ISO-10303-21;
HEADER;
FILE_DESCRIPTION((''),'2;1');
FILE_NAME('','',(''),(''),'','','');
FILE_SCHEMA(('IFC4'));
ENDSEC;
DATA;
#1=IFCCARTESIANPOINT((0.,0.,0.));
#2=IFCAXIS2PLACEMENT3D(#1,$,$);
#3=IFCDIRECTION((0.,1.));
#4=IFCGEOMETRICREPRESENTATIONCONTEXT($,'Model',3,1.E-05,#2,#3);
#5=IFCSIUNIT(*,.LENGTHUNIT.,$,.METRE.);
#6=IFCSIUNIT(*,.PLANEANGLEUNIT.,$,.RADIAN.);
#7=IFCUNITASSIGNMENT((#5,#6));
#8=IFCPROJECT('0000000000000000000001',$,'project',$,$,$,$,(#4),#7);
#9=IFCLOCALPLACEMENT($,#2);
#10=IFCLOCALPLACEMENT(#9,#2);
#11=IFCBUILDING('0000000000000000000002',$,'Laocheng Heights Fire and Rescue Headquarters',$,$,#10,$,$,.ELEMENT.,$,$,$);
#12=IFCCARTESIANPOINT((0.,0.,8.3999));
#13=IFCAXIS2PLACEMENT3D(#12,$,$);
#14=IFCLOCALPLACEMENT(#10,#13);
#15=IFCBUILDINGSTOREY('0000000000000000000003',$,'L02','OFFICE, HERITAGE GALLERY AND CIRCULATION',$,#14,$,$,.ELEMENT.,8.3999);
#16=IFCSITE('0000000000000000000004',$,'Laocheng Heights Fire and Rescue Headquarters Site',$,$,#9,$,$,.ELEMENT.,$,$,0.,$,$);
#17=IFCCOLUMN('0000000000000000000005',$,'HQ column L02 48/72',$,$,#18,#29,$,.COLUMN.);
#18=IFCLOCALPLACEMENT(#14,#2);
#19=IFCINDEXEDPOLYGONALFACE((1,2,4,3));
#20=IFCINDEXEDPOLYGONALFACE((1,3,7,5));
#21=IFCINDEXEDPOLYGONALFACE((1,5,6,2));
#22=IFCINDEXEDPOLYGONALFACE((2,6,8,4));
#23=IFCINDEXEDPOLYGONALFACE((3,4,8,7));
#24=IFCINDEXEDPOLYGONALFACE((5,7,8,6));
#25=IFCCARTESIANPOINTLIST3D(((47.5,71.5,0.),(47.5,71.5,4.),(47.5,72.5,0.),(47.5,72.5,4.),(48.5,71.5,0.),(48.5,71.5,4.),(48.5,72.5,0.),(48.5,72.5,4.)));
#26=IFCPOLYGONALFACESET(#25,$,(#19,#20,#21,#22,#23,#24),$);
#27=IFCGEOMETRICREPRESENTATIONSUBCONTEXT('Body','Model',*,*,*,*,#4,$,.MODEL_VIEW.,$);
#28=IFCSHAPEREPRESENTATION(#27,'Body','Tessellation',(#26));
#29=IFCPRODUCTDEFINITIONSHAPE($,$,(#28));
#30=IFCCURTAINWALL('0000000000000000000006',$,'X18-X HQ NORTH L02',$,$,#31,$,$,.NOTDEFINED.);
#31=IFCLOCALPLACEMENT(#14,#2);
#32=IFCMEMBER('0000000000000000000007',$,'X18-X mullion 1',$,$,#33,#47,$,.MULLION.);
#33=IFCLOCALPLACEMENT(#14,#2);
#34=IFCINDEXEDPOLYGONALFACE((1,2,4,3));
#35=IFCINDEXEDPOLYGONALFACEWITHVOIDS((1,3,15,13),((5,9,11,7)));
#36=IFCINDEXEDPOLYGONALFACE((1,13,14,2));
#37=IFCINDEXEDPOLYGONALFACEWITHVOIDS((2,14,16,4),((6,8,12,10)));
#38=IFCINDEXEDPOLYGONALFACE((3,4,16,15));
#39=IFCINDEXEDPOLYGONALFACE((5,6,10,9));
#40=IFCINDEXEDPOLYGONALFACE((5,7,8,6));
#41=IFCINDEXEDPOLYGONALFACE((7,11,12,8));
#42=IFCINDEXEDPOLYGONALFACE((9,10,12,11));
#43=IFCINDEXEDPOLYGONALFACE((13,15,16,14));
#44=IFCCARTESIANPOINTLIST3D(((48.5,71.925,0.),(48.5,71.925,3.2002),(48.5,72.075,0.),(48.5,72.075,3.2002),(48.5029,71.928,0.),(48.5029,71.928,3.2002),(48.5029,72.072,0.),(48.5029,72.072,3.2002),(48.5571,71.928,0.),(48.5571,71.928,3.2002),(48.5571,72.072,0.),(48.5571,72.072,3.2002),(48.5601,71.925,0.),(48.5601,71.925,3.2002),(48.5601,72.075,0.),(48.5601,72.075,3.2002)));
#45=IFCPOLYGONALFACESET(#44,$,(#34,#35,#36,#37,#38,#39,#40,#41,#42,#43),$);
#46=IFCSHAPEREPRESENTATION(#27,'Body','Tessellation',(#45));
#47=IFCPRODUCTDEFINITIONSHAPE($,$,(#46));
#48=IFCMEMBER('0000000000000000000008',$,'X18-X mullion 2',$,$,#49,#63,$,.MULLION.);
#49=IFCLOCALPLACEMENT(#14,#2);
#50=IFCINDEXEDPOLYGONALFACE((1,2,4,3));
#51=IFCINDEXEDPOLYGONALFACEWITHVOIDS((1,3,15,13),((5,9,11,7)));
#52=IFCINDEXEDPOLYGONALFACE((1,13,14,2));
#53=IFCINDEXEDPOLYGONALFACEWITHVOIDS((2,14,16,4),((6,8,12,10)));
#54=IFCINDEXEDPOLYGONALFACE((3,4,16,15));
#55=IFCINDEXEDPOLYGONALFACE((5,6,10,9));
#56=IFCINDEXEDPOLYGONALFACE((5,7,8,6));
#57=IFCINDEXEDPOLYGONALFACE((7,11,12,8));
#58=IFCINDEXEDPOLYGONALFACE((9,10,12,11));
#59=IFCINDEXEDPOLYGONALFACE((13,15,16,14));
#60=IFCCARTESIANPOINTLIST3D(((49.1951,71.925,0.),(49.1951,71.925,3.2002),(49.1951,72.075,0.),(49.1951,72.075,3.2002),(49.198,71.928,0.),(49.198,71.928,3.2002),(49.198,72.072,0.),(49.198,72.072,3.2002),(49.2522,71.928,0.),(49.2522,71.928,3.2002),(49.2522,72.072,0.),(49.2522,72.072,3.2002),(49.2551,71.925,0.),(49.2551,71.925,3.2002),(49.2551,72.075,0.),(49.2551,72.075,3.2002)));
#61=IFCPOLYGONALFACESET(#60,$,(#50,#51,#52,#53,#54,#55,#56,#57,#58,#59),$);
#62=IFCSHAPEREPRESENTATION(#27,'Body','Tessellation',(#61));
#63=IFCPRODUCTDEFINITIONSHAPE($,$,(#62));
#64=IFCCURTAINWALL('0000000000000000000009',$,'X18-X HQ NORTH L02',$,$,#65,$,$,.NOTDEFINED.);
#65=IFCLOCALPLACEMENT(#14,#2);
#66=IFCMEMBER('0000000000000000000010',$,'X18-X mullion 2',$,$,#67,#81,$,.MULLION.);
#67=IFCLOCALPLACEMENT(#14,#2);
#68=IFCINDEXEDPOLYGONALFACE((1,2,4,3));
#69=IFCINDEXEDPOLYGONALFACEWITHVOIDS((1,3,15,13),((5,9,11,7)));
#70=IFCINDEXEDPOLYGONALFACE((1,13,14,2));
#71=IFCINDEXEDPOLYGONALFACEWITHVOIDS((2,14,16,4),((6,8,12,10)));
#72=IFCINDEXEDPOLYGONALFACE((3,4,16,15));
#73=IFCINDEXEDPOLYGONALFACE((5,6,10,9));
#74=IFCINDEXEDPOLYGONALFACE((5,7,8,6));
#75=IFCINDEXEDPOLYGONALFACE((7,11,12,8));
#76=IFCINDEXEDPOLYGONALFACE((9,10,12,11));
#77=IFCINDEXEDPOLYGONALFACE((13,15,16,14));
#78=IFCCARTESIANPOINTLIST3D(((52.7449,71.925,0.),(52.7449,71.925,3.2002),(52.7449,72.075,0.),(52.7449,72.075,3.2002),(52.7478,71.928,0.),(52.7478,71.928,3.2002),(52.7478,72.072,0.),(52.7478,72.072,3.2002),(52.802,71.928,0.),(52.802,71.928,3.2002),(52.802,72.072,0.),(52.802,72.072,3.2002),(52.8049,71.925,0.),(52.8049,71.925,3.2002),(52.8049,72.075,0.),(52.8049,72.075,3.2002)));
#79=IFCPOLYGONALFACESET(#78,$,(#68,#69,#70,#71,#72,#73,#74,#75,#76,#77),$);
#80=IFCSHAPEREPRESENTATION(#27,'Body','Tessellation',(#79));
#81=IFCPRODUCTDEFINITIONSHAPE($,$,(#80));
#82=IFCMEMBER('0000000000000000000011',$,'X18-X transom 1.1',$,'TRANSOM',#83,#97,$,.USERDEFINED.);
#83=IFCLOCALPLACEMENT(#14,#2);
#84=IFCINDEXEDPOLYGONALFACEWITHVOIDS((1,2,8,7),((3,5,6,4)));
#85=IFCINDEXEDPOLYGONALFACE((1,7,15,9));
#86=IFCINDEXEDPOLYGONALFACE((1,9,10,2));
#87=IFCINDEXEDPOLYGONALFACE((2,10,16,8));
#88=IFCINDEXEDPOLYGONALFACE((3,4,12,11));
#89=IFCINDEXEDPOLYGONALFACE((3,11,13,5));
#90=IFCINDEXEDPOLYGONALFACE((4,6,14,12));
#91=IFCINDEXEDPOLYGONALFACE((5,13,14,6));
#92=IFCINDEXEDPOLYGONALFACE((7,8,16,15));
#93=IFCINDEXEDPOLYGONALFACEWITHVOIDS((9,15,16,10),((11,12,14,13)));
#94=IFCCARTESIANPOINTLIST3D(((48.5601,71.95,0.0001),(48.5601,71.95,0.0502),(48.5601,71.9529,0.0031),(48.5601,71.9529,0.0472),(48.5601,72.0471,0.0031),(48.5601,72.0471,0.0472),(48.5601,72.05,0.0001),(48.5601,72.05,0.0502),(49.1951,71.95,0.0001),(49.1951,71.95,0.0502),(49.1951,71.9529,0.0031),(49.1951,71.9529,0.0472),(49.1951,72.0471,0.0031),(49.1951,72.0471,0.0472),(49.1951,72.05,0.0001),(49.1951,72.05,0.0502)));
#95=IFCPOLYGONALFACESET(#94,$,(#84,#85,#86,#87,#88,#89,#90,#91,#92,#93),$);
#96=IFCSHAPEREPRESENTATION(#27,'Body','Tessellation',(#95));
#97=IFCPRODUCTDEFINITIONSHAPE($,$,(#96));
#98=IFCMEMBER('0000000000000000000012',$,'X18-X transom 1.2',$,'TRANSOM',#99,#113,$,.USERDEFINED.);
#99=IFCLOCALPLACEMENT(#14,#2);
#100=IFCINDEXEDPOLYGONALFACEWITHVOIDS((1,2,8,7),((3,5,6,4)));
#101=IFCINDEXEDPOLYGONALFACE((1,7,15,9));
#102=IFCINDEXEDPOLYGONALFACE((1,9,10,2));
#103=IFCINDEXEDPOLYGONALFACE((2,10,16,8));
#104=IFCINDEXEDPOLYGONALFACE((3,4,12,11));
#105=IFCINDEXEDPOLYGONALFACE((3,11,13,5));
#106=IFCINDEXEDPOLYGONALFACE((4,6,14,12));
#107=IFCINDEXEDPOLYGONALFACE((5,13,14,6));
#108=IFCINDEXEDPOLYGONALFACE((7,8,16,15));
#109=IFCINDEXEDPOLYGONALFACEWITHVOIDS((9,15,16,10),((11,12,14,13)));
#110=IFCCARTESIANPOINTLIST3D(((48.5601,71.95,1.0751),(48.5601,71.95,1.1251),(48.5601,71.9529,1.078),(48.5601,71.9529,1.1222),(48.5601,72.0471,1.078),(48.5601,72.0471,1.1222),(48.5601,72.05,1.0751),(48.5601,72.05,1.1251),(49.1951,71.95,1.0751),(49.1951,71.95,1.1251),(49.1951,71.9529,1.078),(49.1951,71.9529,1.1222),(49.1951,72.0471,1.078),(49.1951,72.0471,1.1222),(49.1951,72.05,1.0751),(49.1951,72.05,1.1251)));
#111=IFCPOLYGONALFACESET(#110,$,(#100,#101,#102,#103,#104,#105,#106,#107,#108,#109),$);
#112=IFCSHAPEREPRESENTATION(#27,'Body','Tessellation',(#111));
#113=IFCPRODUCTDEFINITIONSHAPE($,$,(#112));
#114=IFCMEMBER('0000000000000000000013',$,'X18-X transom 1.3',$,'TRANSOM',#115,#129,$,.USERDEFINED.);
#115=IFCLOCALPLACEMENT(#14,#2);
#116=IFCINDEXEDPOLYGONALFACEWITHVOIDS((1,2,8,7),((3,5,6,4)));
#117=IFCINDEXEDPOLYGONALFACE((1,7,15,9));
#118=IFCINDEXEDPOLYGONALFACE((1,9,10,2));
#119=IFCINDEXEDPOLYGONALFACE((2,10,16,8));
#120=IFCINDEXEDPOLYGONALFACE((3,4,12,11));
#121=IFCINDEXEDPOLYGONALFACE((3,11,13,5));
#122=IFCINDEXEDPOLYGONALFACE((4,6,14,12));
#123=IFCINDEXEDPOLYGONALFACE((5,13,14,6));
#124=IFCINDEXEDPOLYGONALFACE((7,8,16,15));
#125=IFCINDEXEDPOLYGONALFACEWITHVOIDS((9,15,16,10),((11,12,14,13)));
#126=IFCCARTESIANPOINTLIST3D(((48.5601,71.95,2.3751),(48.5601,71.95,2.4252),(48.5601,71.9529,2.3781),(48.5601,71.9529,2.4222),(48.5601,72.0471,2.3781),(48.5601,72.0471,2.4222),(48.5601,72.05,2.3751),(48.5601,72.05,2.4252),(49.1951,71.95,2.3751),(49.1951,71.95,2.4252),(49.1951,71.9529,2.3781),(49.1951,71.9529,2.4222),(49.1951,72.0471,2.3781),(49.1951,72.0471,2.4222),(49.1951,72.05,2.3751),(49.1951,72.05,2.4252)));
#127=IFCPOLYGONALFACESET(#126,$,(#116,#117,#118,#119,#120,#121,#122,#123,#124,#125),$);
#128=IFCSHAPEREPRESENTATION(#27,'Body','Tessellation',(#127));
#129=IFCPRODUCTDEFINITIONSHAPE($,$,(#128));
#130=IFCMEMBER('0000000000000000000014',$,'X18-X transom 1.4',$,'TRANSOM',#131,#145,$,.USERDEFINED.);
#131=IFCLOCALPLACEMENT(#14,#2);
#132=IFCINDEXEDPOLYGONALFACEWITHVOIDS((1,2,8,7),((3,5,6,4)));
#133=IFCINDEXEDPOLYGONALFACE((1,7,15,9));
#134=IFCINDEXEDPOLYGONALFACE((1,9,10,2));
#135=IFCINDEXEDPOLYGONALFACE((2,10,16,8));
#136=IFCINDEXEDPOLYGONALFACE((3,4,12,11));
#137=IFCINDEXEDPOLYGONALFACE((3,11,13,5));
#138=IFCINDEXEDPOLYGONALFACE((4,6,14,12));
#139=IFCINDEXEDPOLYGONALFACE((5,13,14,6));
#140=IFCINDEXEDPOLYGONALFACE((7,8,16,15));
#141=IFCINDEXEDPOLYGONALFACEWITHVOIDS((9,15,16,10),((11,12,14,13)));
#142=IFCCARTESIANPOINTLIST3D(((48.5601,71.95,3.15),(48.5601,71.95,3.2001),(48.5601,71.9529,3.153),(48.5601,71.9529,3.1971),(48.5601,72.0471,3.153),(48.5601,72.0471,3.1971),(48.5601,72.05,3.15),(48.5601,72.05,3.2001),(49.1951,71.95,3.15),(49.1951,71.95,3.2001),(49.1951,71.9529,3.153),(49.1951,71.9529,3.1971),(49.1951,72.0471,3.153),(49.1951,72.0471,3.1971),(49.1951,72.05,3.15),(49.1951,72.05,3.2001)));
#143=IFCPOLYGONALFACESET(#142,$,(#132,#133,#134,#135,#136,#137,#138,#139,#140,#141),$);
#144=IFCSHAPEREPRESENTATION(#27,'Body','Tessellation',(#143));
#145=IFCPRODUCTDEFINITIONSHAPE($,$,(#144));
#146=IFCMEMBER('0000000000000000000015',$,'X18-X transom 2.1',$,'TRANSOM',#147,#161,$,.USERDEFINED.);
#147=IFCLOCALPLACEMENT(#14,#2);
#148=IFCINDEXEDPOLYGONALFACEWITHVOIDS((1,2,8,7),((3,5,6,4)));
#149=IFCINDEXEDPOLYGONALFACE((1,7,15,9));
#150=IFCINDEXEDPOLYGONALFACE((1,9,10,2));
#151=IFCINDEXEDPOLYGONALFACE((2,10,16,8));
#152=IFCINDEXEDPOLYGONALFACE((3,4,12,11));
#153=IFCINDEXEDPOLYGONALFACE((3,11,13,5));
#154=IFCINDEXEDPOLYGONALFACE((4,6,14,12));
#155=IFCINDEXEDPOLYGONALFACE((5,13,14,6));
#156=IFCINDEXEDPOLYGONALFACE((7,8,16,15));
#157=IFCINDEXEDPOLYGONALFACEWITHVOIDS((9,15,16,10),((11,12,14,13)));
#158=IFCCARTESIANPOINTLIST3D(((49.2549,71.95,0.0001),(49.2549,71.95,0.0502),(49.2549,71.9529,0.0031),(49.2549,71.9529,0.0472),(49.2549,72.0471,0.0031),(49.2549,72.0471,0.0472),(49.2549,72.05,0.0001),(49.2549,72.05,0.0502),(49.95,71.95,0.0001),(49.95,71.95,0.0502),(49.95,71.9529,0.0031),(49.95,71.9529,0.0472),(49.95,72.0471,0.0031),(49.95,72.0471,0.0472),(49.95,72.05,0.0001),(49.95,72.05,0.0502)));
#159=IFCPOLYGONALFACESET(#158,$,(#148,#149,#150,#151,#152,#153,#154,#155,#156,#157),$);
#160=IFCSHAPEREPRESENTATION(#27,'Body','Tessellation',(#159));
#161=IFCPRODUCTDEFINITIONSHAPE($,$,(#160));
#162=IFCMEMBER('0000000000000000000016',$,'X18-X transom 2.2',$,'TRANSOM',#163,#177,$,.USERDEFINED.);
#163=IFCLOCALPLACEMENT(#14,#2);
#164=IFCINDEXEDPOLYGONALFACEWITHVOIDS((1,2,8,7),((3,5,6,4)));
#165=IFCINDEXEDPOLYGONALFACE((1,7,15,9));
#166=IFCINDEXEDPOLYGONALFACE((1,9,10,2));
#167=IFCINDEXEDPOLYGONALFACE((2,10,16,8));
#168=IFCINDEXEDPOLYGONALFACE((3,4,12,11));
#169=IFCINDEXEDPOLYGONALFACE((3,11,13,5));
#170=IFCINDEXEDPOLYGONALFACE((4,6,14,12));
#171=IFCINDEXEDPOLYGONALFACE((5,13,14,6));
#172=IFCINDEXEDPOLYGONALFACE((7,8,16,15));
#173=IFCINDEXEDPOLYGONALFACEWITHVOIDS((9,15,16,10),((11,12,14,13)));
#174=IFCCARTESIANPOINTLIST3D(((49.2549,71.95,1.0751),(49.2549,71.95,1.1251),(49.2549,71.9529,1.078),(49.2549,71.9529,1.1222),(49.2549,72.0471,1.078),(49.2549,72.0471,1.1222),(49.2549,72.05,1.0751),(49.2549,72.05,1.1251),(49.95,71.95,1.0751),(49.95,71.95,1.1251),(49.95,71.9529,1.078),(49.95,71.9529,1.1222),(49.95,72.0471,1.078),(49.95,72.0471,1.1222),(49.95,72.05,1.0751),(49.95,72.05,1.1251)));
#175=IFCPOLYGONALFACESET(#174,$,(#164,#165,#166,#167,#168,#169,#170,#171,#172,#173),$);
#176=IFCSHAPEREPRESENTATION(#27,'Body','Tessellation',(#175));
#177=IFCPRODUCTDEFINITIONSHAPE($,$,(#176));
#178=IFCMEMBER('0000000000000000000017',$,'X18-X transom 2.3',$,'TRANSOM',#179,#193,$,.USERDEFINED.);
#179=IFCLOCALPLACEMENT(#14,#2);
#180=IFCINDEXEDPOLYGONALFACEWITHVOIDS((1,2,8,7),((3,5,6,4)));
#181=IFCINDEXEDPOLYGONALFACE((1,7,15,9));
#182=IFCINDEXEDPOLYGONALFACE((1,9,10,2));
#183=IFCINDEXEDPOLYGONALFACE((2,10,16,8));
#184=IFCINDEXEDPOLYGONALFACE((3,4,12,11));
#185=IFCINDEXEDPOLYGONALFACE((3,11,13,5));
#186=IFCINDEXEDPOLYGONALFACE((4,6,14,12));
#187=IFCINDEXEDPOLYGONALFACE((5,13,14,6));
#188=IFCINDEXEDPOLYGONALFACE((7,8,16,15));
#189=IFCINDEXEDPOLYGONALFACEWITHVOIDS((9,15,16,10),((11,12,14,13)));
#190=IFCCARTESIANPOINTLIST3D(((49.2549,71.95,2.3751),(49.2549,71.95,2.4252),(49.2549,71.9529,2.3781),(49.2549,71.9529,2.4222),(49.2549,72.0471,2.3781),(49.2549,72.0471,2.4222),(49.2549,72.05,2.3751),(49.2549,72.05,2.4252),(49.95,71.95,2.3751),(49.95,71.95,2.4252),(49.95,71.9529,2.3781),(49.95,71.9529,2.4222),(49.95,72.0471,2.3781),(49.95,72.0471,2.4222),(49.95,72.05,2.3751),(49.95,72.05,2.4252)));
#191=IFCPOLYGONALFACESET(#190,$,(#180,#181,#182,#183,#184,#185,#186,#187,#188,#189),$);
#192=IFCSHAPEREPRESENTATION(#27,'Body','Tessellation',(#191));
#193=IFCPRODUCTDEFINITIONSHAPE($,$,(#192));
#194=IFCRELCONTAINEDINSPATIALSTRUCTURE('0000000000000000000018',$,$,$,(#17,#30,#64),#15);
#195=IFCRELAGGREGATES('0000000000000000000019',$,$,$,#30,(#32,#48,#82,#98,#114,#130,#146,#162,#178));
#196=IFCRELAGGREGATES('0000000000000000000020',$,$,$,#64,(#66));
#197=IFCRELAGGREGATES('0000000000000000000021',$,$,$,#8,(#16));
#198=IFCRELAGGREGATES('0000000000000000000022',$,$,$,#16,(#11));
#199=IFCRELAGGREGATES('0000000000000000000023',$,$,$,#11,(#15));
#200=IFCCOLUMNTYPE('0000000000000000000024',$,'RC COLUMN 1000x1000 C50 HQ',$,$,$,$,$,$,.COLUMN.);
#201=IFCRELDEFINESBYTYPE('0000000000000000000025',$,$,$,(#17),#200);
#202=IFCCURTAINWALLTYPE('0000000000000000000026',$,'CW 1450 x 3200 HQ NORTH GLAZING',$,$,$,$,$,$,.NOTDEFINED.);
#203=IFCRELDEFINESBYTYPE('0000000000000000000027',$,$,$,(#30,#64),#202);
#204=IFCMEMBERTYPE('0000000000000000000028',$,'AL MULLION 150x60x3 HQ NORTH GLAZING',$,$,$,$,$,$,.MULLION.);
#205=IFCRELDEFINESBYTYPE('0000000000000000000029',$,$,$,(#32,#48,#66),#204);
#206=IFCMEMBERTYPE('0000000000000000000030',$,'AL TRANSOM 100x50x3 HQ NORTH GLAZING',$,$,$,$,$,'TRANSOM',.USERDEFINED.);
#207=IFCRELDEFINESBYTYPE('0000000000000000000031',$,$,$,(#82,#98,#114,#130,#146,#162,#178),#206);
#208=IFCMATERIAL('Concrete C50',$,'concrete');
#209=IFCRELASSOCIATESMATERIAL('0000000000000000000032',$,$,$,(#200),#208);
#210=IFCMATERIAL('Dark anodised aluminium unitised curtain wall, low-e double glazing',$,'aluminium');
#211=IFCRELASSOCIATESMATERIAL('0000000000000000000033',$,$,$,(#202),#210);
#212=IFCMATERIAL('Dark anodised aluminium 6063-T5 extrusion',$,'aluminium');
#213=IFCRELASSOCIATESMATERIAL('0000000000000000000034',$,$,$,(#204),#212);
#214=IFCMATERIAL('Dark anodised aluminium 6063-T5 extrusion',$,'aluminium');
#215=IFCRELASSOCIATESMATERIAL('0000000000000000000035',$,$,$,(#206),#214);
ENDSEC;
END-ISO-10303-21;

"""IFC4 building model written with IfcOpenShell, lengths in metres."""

from ifc_helpers import new_model, si_unit, direction, frame, origin, origin_2d, place, context, subcontext, project, spatial, rectangle, hollow_rectangle, extrude, material, material_profile, profile_set, type_object, element, aggregate, save


model = new_model("IFC4")

# Units and contexts
model_context = context("Model", 3, precision=1e-05, world=origin(), true_north=direction((0.0, 1.0)))
body_context = subcontext(model_context, "Body", "Model", "MODEL_VIEW")
ifc_project = project(units=[si_unit("LENGTHUNIT", "METRE"), si_unit("PLANEANGLEUNIT", "RADIAN")], contexts=[model_context])

# Site, building, storey
site_placement = place(None, origin())
site = spatial("IfcSite", under=ifc_project, at=site_placement, Name="Laocheng Heights Fire and Rescue Headquarters Site", CompositionType="ELEMENT", RefElevation=0.0)
building_placement = place(site_placement, origin())
building = spatial("IfcBuilding", under=site, at=building_placement, Name="Laocheng Heights Fire and Rescue Headquarters", CompositionType="ELEMENT")
storey_placement = place(building_placement, frame((0.0, 0.0, 8.3999)))
storey = spatial("IfcBuildingStorey", under=building, at=storey_placement, Name="L02", Description="OFFICE, HERITAGE GALLERY AND CIRCULATION", CompositionType="ELEMENT", Elevation=8.3999)

# Column
ifc_material_1 = material(Name="Concrete C50", Category="concrete")
ifc_material_profile_1 = material_profile(ifc_material_1, rectangle(XDim=1.0, YDim=1.0, at=origin_2d()), Name="RC COLUMN 1000x1000 C50 HQ")
ifc_profile_set_1 = profile_set([ifc_material_profile_1], Name="Concrete C50")
column_type = type_object("IfcColumnType", Name="RC COLUMN 1000x1000 C50 HQ", PredefinedType="COLUMN", material=ifc_profile_set_1)
column_placement = place(storey_placement, frame((48.0, 72.0, 0.0), z_axis=(0.0, 0.0, 1.0), x_axis=(1.0, 0.0, 0.0)))
element("IfcColumn", 1, at=column_placement, inside=storey, type_object=column_type, Name="HQ column L02 48/72", PredefinedType="COLUMN", context=body_context, shape_type="SweptSolid", body=[
    extrude(rectangle(XDim=1.0, YDim=1.0, at=origin_2d()), origin(), (0.0, 0.0, 1.0), 4.0),
])

# Curtain wall, members
ifc_material_2 = material(Name="Dark anodised aluminium unitised curtain wall, low-e double glazing", Category="aluminium")
curtain_wall_type = type_object("IfcCurtainWallType", Name="CW 1450 x 3200 HQ NORTH GLAZING", PredefinedType="NOTDEFINED", material=ifc_material_2)
curtain_wall_1_placement = place(storey_placement, origin())
curtain_wall_1 = element("IfcCurtainWall", 2, at=curtain_wall_1_placement, inside=storey, type_object=curtain_wall_type, Name="X18-X HQ NORTH L02", PredefinedType="NOTDEFINED")
ifc_material_3 = material(Name="Dark anodised aluminium 6063-T5 extrusion", Category="aluminium")
ifc_material_profile_2 = material_profile(ifc_material_3, hollow_rectangle(XDim=0.1499, YDim=0.0601, WallThickness=0.0029, at=origin_2d()), Name="AL MULLION 150x60x3 HQ NORTH GLAZING")
ifc_profile_set_2 = profile_set([ifc_material_profile_2], Name="Dark anodised aluminium 6063-T5 extrusion")
member_type_1 = type_object("IfcMemberType", Name="AL MULLION 150x60x3 HQ NORTH GLAZING", PredefinedType="MULLION", material=ifc_profile_set_2)
member_1_placement = place(storey_placement, frame((48.53, 72.0, 0.0), z_axis=(0.0, 0.0, 1.0), x_axis=(0.0, 1.0, 0.0)))
member_1 = element("IfcMember", 3, at=member_1_placement, type_object=member_type_1, Name="X18-X mullion 1", PredefinedType="MULLION", context=body_context, shape_type="SweptSolid", body=[
    extrude(hollow_rectangle(XDim=0.1499, YDim=0.0601, WallThickness=0.0029, at=origin_2d()), origin(), (0.0, 0.0, 1.0), 3.2002),
])
member_2_placement = place(storey_placement, frame((49.2251, 72.0, 0.0), z_axis=(0.0, 0.0, 1.0), x_axis=(0.0, 1.0, 0.0)))
member_2 = element("IfcMember", 4, at=member_2_placement, type_object=member_type_1, Name="X18-X mullion 2", PredefinedType="MULLION", context=body_context, shape_type="SweptSolid", body=[
    extrude(hollow_rectangle(XDim=0.1499, YDim=0.0601, WallThickness=0.0029, at=origin_2d()), origin(), (0.0, 0.0, 1.0), 3.2002),
])

# Curtain wall, member
curtain_wall_2_placement = place(storey_placement, origin())
curtain_wall_2 = element("IfcCurtainWall", 5, at=curtain_wall_2_placement, inside=storey, type_object=curtain_wall_type, Name="X18-X HQ NORTH L02", PredefinedType="NOTDEFINED")
member_3_placement = place(storey_placement, frame((52.7749, 72.0, 0.0), z_axis=(0.0, 0.0, 1.0), x_axis=(0.0, 1.0, 0.0)))
member_3 = element("IfcMember", 6, at=member_3_placement, type_object=member_type_1, Name="X18-X mullion 2", PredefinedType="MULLION", context=body_context, shape_type="SweptSolid", body=[
    extrude(hollow_rectangle(XDim=0.1499, YDim=0.0601, WallThickness=0.0029, at=origin_2d()), origin(), (0.0, 0.0, 1.0), 3.2002),
])

# Members
ifc_material_4 = material(Name="Dark anodised aluminium 6063-T5 extrusion", Category="aluminium")
ifc_material_profile_3 = material_profile(ifc_material_4, hollow_rectangle(XDim=0.1001, YDim=0.05, WallThickness=0.0029, at=origin_2d()), Name="AL TRANSOM 100x50x3 HQ NORTH GLAZING")
ifc_profile_set_3 = profile_set([ifc_material_profile_3], Name="Dark anodised aluminium 6063-T5 extrusion")
member_type_2 = type_object("IfcMemberType", Name="AL TRANSOM 100x50x3 HQ NORTH GLAZING", ElementType="TRANSOM", PredefinedType="USERDEFINED", material=ifc_profile_set_3)
member_4_placement = place(storey_placement, frame((48.5601, 72.0, 0.0251), z_axis=(1.0, 0.0, 0.0), x_axis=(0.0, 1.0, 0.0)))
member_4 = element("IfcMember", 7, at=member_4_placement, type_object=member_type_2, Name="X18-X transom 1.1", ObjectType="TRANSOM", PredefinedType="USERDEFINED", context=body_context, shape_type="SweptSolid", body=[
    extrude(hollow_rectangle(XDim=0.1001, YDim=0.05, WallThickness=0.0029, at=origin_2d()), origin(), (0.0, 0.0, 1.0), 0.635),
])
member_5_placement = place(storey_placement, frame((48.5601, 72.0, 1.1001), z_axis=(1.0, 0.0, 0.0), x_axis=(0.0, 1.0, 0.0)))
member_5 = element("IfcMember", 8, at=member_5_placement, type_object=member_type_2, Name="X18-X transom 1.2", ObjectType="TRANSOM", PredefinedType="USERDEFINED", context=body_context, shape_type="SweptSolid", body=[
    extrude(hollow_rectangle(XDim=0.1001, YDim=0.05, WallThickness=0.0029, at=origin_2d()), origin(), (0.0, 0.0, 1.0), 0.635),
])
member_6_placement = place(storey_placement, frame((48.5601, 72.0, 2.4001), z_axis=(1.0, 0.0, 0.0), x_axis=(0.0, 1.0, 0.0)))
member_6 = element("IfcMember", 9, at=member_6_placement, type_object=member_type_2, Name="X18-X transom 1.3", ObjectType="TRANSOM", PredefinedType="USERDEFINED", context=body_context, shape_type="SweptSolid", body=[
    extrude(hollow_rectangle(XDim=0.1001, YDim=0.05, WallThickness=0.0029, at=origin_2d()), origin(), (0.0, 0.0, 1.0), 0.635),
])
member_7_placement = place(storey_placement, frame((48.5601, 72.0, 3.175), z_axis=(1.0, 0.0, 0.0), x_axis=(0.0, 1.0, 0.0)))
member_7 = element("IfcMember", 10, at=member_7_placement, type_object=member_type_2, Name="X18-X transom 1.4", ObjectType="TRANSOM", PredefinedType="USERDEFINED", context=body_context, shape_type="SweptSolid", body=[
    extrude(hollow_rectangle(XDim=0.1001, YDim=0.05, WallThickness=0.0029, at=origin_2d()), origin(), (0.0, 0.0, 1.0), 0.635),
])
member_8_placement = place(storey_placement, frame((49.2549, 72.0, 0.0251), z_axis=(1.0, 0.0, 0.0), x_axis=(0.0, 1.0, 0.0)))
member_8 = element("IfcMember", 11, at=member_8_placement, type_object=member_type_2, Name="X18-X transom 2.1", ObjectType="TRANSOM", PredefinedType="USERDEFINED", context=body_context, shape_type="SweptSolid", body=[
    extrude(hollow_rectangle(XDim=0.1001, YDim=0.05, WallThickness=0.0029, at=origin_2d()), origin(), (0.0, 0.0, 1.0), 0.6951),
])
member_9_placement = place(storey_placement, frame((49.2549, 72.0, 1.1001), z_axis=(1.0, 0.0, 0.0), x_axis=(0.0, 1.0, 0.0)))
member_9 = element("IfcMember", 12, at=member_9_placement, type_object=member_type_2, Name="X18-X transom 2.2", ObjectType="TRANSOM", PredefinedType="USERDEFINED", context=body_context, shape_type="SweptSolid", body=[
    extrude(hollow_rectangle(XDim=0.1001, YDim=0.05, WallThickness=0.0029, at=origin_2d()), origin(), (0.0, 0.0, 1.0), 0.6951),
])
member_10_placement = place(storey_placement, frame((49.2549, 72.0, 2.4001), z_axis=(1.0, 0.0, 0.0), x_axis=(0.0, 1.0, 0.0)))
member_10 = element("IfcMember", 13, at=member_10_placement, type_object=member_type_2, Name="X18-X transom 2.3", ObjectType="TRANSOM", PredefinedType="USERDEFINED", context=body_context, shape_type="SweptSolid", body=[
    extrude(hollow_rectangle(XDim=0.1001, YDim=0.05, WallThickness=0.0029, at=origin_2d()), origin(), (0.0, 0.0, 1.0), 0.6951),
])

aggregate(curtain_wall_1, [member_1, member_2, member_4, member_5, member_6, member_7, member_8, member_9, member_10])
aggregate(curtain_wall_2, [member_3])

save(model, "model.ifc")
